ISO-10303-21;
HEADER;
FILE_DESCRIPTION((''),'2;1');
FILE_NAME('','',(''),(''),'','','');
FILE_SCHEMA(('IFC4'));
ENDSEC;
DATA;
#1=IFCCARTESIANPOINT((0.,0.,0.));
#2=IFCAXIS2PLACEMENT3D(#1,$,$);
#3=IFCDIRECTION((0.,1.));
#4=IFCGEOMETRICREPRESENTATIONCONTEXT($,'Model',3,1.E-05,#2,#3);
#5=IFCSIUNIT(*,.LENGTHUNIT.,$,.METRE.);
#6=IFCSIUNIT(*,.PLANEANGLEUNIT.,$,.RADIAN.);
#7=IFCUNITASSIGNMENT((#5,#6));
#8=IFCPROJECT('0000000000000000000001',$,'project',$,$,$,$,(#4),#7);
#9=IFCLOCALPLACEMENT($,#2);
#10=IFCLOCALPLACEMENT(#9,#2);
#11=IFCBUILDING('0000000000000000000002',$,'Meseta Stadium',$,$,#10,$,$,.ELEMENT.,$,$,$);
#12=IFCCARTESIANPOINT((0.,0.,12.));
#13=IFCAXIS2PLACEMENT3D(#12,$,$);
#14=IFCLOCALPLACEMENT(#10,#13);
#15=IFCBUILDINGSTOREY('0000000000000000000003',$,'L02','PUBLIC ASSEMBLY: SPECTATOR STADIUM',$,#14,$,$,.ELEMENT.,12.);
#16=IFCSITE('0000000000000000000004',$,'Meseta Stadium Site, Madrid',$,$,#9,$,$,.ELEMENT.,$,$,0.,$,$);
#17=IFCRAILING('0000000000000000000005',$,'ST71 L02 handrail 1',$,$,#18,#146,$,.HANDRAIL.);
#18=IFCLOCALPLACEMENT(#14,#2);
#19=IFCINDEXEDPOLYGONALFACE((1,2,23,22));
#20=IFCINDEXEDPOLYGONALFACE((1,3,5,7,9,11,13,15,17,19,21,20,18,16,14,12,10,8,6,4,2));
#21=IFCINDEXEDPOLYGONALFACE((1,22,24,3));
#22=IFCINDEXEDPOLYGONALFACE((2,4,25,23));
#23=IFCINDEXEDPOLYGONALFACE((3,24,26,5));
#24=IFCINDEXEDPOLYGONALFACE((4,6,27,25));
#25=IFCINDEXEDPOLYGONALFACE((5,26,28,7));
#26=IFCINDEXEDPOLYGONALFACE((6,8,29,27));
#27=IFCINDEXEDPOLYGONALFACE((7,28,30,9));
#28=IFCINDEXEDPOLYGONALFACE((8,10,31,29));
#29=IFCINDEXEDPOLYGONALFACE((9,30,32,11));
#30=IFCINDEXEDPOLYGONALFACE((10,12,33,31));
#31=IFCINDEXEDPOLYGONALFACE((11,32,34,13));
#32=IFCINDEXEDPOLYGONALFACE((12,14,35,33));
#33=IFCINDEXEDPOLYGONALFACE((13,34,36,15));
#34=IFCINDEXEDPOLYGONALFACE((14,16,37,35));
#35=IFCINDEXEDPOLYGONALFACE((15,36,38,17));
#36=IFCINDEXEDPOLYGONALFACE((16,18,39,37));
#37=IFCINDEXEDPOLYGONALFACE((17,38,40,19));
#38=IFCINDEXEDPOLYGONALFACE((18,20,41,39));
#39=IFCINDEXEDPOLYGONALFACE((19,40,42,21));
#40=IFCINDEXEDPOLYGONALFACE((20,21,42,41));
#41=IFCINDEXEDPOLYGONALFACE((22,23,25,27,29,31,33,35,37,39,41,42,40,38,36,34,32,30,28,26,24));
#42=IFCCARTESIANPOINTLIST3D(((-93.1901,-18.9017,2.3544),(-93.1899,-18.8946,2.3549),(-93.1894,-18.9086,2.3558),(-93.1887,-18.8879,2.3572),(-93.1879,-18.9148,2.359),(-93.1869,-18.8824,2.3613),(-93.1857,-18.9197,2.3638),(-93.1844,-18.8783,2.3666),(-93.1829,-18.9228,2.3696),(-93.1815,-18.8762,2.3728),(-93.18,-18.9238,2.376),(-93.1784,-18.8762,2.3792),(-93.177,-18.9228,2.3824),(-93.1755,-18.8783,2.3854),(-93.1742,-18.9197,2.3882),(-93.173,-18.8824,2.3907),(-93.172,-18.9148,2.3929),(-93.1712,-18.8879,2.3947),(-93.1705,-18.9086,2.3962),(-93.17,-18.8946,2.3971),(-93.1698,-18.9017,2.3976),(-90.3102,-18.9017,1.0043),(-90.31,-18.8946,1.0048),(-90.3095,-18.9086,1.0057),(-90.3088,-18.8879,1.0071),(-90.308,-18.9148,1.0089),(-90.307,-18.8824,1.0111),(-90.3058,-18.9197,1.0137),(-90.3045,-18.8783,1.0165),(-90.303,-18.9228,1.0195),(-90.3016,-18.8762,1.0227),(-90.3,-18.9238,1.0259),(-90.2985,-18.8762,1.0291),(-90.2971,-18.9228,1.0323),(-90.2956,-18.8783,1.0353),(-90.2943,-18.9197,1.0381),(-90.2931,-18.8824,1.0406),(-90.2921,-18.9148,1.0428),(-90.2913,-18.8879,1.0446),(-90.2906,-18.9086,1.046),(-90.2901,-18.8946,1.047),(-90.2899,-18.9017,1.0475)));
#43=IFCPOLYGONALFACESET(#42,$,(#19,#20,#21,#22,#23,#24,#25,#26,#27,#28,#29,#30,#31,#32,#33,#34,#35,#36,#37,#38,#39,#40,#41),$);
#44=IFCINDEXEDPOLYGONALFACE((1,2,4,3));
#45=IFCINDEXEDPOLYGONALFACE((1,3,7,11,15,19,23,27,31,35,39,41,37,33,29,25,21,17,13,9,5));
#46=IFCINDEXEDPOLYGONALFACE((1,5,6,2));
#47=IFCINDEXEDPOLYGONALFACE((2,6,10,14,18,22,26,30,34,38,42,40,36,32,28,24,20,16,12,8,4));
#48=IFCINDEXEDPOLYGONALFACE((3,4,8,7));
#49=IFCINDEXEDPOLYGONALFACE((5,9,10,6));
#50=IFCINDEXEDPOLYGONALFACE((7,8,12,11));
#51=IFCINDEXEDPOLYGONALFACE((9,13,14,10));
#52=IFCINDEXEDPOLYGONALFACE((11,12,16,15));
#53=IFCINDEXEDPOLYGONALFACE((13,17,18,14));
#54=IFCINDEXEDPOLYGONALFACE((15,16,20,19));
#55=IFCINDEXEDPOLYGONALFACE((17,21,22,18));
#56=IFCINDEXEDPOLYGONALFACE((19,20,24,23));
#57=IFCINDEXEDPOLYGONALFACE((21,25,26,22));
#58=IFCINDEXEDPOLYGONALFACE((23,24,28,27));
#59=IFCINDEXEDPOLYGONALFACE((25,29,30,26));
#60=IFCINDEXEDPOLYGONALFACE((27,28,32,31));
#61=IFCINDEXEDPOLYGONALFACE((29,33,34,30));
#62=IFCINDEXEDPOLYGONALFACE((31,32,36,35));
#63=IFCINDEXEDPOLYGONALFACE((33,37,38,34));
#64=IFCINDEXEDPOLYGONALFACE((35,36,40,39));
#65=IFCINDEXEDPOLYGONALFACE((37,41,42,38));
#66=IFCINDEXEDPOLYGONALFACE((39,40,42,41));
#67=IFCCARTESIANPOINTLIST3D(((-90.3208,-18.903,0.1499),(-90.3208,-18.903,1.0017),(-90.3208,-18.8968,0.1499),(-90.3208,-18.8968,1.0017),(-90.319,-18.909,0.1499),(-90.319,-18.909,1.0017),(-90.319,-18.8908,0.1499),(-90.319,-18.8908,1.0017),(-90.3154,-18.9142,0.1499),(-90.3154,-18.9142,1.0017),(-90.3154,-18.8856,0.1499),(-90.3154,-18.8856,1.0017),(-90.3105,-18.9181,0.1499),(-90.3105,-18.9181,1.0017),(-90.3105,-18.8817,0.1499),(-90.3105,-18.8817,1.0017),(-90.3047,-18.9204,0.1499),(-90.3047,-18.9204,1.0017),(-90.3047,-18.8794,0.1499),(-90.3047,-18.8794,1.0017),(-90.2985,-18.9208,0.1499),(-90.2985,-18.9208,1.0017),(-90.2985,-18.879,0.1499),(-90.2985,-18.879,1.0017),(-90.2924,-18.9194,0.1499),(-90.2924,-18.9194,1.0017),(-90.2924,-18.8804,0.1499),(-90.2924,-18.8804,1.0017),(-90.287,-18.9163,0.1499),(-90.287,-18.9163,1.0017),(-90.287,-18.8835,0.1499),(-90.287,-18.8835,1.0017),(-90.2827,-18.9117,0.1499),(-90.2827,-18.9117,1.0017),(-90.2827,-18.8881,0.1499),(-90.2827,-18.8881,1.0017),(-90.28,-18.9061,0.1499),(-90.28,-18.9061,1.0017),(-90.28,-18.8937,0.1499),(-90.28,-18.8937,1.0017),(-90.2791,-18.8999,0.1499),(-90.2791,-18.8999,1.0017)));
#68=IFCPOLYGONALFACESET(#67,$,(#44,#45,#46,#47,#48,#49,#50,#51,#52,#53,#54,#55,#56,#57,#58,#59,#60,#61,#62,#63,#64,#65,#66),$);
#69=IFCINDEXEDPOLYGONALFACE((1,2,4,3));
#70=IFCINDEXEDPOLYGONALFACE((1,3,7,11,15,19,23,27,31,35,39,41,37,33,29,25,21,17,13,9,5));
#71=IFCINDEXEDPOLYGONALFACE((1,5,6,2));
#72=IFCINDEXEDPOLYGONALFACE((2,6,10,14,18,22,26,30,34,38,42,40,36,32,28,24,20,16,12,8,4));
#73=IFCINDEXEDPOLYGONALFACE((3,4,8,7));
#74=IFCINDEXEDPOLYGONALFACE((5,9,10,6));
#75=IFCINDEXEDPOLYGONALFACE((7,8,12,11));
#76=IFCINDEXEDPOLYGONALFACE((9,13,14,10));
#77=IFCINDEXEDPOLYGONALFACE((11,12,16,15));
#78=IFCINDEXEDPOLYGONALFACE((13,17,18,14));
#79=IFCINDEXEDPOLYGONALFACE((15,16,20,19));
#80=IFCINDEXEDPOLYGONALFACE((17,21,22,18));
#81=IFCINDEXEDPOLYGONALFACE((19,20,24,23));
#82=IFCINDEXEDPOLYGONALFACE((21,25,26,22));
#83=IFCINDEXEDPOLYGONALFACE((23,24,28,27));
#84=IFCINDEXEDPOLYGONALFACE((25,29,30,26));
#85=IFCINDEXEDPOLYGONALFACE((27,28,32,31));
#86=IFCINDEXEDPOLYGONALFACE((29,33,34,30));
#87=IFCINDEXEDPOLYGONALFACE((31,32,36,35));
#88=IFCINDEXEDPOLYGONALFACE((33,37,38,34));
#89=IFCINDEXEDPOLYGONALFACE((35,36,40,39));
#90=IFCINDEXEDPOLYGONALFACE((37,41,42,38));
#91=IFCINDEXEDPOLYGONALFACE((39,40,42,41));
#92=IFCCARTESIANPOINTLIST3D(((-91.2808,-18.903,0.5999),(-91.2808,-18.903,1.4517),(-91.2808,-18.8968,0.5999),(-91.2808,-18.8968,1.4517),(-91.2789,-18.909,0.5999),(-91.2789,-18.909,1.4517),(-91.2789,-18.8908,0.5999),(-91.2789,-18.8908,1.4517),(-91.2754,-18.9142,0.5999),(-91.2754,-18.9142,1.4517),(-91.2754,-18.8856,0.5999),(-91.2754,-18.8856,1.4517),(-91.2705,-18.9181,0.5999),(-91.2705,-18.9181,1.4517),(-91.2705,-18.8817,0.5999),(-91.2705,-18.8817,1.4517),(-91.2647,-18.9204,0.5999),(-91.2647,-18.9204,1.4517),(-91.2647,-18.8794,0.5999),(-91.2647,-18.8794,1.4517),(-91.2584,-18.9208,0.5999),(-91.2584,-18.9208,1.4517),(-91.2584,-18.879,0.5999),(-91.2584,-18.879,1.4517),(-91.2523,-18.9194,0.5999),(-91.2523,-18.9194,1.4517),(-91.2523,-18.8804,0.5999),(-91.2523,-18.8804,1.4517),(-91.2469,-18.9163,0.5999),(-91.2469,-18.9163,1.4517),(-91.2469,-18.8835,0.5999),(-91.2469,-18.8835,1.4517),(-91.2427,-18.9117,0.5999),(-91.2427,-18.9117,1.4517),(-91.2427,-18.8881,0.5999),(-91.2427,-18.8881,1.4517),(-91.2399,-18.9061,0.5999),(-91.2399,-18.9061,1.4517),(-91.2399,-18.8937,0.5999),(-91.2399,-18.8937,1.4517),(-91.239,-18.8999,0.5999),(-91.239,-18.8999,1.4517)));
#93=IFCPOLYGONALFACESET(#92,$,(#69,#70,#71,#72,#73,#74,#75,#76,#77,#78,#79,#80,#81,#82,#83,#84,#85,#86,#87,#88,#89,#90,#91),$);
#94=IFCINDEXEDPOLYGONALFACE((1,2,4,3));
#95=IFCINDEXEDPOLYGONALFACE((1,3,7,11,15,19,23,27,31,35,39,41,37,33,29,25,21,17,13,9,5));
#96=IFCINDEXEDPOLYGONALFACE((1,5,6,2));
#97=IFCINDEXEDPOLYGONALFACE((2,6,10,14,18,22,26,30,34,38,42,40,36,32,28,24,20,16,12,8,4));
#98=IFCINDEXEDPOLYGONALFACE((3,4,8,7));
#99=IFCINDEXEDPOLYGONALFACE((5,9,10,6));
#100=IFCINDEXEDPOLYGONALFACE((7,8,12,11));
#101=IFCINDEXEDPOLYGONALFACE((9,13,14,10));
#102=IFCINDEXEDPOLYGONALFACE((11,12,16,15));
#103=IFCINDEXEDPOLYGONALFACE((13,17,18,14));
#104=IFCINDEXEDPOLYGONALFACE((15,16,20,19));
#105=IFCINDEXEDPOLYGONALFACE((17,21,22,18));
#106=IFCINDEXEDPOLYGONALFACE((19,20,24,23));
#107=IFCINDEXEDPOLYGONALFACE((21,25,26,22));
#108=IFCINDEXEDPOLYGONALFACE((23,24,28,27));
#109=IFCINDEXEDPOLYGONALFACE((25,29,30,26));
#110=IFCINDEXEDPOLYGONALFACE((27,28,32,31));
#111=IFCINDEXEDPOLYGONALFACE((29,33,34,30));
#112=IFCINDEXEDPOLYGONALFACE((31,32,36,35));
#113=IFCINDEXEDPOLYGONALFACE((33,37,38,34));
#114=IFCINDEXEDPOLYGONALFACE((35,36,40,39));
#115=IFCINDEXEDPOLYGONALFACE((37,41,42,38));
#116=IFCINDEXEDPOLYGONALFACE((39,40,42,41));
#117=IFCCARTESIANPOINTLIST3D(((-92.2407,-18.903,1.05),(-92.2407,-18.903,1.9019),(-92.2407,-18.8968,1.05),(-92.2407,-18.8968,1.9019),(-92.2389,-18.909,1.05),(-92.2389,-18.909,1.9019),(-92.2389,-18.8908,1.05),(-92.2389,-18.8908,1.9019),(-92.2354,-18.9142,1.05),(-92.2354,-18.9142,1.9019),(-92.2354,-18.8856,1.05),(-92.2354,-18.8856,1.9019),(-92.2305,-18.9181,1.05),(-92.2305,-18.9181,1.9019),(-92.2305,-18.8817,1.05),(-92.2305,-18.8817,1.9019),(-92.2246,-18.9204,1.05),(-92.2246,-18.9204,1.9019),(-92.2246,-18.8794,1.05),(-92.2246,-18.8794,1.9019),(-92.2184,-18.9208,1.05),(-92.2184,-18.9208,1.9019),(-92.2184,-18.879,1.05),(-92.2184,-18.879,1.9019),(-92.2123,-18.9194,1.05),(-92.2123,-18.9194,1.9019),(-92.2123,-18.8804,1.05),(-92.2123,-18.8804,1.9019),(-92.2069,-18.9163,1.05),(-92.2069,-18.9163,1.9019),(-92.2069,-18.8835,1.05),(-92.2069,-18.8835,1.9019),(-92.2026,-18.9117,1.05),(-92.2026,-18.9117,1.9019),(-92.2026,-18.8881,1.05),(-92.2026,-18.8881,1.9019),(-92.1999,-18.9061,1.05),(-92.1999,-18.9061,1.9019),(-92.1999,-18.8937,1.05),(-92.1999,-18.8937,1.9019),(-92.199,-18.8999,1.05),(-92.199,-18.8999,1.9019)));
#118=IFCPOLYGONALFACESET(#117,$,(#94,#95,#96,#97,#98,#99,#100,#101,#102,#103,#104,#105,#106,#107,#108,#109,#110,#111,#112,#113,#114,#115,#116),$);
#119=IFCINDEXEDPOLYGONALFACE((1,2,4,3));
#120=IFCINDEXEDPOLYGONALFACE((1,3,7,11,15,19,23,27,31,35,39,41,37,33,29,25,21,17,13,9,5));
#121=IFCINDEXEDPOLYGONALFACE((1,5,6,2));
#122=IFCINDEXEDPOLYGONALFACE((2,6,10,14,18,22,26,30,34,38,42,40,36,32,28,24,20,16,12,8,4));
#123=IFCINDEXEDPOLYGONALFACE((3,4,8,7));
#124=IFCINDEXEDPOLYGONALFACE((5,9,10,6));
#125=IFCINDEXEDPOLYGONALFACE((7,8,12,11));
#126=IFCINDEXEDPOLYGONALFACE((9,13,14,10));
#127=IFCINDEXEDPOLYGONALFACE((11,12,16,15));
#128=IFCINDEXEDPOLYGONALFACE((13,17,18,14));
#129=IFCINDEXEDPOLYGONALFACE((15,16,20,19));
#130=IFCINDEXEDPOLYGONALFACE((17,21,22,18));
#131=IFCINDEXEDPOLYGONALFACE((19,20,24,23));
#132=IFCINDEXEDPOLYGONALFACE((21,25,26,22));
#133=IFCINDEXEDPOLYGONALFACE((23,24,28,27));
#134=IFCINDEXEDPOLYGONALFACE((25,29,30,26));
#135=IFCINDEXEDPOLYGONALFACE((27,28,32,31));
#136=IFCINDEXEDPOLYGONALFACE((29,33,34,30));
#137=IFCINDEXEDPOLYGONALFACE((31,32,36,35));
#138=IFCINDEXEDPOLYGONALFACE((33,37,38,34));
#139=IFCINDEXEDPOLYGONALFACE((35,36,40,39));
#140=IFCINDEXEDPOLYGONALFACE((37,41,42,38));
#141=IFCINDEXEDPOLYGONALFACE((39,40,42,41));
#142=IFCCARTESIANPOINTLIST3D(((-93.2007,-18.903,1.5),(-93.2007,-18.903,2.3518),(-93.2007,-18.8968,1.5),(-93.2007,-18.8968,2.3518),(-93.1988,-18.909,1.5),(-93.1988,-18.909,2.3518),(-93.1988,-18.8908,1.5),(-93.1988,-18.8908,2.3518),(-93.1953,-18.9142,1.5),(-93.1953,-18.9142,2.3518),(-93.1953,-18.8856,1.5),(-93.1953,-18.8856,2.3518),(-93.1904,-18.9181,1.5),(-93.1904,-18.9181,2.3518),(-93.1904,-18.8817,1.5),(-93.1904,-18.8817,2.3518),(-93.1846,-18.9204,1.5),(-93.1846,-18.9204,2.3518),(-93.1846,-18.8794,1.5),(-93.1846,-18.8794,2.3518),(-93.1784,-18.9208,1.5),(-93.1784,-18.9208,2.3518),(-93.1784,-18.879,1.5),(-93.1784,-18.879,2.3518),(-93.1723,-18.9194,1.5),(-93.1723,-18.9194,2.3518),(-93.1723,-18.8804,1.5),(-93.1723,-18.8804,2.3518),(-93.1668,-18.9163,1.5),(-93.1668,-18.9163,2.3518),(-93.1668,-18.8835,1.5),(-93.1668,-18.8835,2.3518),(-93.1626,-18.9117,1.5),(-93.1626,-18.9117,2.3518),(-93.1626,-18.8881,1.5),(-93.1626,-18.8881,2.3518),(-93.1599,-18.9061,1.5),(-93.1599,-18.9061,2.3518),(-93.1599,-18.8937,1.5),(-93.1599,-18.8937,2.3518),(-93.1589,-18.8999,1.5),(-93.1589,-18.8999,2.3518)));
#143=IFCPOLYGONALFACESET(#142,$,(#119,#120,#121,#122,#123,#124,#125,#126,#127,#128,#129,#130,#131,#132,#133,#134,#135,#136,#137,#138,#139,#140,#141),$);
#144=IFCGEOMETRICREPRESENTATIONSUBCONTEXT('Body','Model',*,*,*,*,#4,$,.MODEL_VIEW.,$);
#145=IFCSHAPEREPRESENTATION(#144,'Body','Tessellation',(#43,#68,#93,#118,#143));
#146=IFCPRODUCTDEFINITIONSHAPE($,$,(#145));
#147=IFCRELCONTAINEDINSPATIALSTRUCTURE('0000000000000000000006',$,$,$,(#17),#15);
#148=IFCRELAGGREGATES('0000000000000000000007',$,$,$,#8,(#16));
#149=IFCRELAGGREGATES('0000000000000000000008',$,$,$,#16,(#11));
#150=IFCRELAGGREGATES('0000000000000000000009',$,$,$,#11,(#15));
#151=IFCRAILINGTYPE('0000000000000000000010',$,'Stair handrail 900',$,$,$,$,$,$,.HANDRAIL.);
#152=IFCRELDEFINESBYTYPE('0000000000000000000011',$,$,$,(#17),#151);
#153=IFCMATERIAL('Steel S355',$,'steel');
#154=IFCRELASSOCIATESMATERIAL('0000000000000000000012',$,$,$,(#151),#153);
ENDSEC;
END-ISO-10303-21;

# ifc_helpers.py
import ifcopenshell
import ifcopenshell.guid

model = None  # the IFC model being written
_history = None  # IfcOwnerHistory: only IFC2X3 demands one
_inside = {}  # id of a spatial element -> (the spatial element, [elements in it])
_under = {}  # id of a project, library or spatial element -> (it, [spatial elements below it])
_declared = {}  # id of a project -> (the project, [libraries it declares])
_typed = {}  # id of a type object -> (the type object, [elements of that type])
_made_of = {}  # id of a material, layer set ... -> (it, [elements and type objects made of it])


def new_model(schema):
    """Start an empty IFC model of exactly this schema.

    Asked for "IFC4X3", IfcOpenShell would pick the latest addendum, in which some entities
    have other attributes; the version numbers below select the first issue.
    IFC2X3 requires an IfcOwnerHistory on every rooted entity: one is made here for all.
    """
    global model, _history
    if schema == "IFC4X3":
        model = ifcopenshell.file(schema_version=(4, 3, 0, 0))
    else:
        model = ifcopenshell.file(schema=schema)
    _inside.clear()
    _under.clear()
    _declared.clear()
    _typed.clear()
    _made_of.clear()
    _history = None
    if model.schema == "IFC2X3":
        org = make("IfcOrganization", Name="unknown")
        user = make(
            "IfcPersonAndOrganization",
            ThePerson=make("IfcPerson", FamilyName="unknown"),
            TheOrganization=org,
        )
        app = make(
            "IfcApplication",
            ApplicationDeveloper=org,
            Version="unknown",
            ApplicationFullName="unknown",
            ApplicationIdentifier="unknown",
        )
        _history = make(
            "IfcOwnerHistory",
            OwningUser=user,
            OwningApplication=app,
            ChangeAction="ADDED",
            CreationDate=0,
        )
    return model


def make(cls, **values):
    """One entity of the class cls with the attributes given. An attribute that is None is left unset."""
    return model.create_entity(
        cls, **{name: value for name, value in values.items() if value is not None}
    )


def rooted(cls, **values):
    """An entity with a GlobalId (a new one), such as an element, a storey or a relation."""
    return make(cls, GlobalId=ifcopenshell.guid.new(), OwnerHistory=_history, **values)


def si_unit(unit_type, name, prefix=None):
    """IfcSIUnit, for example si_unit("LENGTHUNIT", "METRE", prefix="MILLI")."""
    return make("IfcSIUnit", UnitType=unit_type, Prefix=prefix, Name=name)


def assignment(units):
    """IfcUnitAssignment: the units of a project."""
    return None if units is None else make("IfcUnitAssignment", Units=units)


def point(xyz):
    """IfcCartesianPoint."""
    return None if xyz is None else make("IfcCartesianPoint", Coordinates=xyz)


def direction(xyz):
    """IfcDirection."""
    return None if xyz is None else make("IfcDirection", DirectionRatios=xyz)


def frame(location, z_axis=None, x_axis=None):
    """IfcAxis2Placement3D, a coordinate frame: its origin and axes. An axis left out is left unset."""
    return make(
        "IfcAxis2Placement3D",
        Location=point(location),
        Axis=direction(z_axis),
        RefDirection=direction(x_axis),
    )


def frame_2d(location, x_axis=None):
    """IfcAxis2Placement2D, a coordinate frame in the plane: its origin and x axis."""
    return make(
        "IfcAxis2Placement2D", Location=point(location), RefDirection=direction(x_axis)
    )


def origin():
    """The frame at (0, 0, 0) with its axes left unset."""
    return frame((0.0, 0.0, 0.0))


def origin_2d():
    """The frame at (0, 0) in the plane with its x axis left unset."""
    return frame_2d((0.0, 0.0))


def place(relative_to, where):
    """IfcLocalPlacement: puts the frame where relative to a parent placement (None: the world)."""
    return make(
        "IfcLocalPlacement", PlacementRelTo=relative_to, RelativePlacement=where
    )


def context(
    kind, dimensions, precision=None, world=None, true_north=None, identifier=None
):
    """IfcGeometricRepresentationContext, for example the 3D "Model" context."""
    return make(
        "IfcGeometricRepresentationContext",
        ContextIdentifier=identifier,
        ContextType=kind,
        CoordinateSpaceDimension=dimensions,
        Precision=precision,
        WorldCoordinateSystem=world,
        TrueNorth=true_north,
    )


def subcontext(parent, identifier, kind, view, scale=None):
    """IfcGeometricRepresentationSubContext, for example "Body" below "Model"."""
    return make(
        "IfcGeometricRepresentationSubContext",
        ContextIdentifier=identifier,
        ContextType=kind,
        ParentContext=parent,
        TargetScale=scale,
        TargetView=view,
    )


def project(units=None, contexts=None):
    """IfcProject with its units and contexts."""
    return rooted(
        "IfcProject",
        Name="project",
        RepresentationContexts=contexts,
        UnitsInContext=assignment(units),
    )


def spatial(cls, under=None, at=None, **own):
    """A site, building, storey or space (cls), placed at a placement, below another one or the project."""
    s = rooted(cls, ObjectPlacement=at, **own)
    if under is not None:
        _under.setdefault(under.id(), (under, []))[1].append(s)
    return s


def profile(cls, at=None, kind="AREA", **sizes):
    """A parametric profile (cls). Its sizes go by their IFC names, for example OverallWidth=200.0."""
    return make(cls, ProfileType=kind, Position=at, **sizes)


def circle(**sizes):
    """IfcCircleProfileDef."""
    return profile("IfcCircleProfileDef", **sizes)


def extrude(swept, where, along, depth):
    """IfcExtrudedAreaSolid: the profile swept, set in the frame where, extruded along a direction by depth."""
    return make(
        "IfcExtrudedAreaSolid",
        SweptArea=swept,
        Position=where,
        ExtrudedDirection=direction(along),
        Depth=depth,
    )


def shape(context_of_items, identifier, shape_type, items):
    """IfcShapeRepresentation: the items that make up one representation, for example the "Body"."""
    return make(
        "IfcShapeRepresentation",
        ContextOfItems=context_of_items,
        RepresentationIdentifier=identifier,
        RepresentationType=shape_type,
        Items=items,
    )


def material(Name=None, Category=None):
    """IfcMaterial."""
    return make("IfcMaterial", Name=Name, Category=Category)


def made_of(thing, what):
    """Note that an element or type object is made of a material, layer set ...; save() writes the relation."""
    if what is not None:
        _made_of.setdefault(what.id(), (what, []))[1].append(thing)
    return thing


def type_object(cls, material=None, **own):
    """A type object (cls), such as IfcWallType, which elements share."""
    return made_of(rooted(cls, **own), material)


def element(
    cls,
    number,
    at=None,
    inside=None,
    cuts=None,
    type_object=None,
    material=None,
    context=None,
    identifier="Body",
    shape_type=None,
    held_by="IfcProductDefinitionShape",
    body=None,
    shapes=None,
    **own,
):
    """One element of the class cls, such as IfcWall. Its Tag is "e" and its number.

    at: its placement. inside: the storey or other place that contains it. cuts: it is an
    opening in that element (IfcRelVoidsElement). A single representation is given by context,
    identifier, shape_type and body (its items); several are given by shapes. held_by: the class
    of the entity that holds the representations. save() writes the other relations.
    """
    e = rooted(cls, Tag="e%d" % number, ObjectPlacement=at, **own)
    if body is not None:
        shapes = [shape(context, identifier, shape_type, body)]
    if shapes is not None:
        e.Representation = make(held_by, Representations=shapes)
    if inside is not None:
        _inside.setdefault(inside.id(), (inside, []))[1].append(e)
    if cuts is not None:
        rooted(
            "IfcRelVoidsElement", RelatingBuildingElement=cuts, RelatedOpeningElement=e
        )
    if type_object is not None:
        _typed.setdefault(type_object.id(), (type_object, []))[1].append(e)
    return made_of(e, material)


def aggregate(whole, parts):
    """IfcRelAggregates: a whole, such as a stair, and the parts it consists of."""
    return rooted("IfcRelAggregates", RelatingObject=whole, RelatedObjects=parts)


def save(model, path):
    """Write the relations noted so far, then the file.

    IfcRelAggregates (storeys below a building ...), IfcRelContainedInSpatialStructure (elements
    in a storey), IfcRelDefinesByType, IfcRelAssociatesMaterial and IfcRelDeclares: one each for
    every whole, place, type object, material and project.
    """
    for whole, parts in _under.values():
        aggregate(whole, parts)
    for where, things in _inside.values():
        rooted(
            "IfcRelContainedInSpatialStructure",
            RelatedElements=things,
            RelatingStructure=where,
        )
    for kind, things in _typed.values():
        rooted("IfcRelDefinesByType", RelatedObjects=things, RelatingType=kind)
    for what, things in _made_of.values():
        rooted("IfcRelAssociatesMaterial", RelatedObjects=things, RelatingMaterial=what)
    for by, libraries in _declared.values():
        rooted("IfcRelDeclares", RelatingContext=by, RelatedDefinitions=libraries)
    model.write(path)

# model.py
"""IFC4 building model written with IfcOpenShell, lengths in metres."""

from ifc_helpers import new_model, si_unit, direction, frame, origin, origin_2d, place, context, subcontext, project, spatial, circle, extrude, material, type_object, element, save


model = new_model("IFC4")

# Units and contexts
model_context = context("Model", 3, precision=1e-05, world=origin(), true_north=direction((0.0, 1.0)))
body_context = subcontext(model_context, "Body", "Model", "MODEL_VIEW")
ifc_project = project(units=[si_unit("LENGTHUNIT", "METRE"), si_unit("PLANEANGLEUNIT", "RADIAN")], contexts=[model_context])

# Site, building, storey
site_placement = place(None, origin())
site = spatial("IfcSite", under=ifc_project, at=site_placement, Name="Meseta Stadium Site, Madrid", CompositionType="ELEMENT", RefElevation=0.0)
building_placement = place(site_placement, origin())
building = spatial("IfcBuilding", under=site, at=building_placement, Name="Meseta Stadium", CompositionType="ELEMENT")
storey_placement = place(building_placement, frame((0.0, 0.0, 12.0)))
storey = spatial("IfcBuildingStorey", under=building, at=storey_placement, Name="L02", Description="PUBLIC ASSEMBLY: SPECTATOR STADIUM", CompositionType="ELEMENT", Elevation=12.0)

# Railing
ifc_material_1 = material(Name="Steel S355", Category="steel")
railing_type_1 = type_object("IfcRailingType", Name="Stair handrail 900", PredefinedType="HANDRAIL", material=ifc_material_1)
for number, where, name in (
    (1, (-90.3, -18.8999, 0.1499), "ST71 L02 handrail 1"),
):
    element("IfcRailing", number, at=place(storey_placement, frame(where)), inside=storey, type_object=railing_type_1, Name=name, PredefinedType="HANDRAIL", context=body_context, shape_type="SweptSolid", body=[
        extrude(circle(Radius=0.0239, at=origin_2d()), frame((0.0, 0.0, 0.876), z_axis=(-0.90544, 0.0, 0.424473), x_axis=(0.0, -1.0, 0.0)), (0.0, 0.0, 1.0), 3.1807),
        extrude(circle(Radius=0.021, at=origin_2d()), origin(), (0.0, 0.0, 1.0), 0.8518),
        extrude(circle(Radius=0.021, at=origin_2d()), frame((-0.96, 0.0, 0.45)), (0.0, 0.0, 1.0), 0.8518),
        extrude(circle(Radius=0.021, at=origin_2d()), frame((-1.9199, 0.0, 0.9001)), (0.0, 0.0, 1.0), 0.8518),
        extrude(circle(Radius=0.021, at=origin_2d()), frame((-2.8799, 0.0, 1.3501)), (0.0, 0.0, 1.0), 0.8518),
    ])

save(model, "model.ifc")
